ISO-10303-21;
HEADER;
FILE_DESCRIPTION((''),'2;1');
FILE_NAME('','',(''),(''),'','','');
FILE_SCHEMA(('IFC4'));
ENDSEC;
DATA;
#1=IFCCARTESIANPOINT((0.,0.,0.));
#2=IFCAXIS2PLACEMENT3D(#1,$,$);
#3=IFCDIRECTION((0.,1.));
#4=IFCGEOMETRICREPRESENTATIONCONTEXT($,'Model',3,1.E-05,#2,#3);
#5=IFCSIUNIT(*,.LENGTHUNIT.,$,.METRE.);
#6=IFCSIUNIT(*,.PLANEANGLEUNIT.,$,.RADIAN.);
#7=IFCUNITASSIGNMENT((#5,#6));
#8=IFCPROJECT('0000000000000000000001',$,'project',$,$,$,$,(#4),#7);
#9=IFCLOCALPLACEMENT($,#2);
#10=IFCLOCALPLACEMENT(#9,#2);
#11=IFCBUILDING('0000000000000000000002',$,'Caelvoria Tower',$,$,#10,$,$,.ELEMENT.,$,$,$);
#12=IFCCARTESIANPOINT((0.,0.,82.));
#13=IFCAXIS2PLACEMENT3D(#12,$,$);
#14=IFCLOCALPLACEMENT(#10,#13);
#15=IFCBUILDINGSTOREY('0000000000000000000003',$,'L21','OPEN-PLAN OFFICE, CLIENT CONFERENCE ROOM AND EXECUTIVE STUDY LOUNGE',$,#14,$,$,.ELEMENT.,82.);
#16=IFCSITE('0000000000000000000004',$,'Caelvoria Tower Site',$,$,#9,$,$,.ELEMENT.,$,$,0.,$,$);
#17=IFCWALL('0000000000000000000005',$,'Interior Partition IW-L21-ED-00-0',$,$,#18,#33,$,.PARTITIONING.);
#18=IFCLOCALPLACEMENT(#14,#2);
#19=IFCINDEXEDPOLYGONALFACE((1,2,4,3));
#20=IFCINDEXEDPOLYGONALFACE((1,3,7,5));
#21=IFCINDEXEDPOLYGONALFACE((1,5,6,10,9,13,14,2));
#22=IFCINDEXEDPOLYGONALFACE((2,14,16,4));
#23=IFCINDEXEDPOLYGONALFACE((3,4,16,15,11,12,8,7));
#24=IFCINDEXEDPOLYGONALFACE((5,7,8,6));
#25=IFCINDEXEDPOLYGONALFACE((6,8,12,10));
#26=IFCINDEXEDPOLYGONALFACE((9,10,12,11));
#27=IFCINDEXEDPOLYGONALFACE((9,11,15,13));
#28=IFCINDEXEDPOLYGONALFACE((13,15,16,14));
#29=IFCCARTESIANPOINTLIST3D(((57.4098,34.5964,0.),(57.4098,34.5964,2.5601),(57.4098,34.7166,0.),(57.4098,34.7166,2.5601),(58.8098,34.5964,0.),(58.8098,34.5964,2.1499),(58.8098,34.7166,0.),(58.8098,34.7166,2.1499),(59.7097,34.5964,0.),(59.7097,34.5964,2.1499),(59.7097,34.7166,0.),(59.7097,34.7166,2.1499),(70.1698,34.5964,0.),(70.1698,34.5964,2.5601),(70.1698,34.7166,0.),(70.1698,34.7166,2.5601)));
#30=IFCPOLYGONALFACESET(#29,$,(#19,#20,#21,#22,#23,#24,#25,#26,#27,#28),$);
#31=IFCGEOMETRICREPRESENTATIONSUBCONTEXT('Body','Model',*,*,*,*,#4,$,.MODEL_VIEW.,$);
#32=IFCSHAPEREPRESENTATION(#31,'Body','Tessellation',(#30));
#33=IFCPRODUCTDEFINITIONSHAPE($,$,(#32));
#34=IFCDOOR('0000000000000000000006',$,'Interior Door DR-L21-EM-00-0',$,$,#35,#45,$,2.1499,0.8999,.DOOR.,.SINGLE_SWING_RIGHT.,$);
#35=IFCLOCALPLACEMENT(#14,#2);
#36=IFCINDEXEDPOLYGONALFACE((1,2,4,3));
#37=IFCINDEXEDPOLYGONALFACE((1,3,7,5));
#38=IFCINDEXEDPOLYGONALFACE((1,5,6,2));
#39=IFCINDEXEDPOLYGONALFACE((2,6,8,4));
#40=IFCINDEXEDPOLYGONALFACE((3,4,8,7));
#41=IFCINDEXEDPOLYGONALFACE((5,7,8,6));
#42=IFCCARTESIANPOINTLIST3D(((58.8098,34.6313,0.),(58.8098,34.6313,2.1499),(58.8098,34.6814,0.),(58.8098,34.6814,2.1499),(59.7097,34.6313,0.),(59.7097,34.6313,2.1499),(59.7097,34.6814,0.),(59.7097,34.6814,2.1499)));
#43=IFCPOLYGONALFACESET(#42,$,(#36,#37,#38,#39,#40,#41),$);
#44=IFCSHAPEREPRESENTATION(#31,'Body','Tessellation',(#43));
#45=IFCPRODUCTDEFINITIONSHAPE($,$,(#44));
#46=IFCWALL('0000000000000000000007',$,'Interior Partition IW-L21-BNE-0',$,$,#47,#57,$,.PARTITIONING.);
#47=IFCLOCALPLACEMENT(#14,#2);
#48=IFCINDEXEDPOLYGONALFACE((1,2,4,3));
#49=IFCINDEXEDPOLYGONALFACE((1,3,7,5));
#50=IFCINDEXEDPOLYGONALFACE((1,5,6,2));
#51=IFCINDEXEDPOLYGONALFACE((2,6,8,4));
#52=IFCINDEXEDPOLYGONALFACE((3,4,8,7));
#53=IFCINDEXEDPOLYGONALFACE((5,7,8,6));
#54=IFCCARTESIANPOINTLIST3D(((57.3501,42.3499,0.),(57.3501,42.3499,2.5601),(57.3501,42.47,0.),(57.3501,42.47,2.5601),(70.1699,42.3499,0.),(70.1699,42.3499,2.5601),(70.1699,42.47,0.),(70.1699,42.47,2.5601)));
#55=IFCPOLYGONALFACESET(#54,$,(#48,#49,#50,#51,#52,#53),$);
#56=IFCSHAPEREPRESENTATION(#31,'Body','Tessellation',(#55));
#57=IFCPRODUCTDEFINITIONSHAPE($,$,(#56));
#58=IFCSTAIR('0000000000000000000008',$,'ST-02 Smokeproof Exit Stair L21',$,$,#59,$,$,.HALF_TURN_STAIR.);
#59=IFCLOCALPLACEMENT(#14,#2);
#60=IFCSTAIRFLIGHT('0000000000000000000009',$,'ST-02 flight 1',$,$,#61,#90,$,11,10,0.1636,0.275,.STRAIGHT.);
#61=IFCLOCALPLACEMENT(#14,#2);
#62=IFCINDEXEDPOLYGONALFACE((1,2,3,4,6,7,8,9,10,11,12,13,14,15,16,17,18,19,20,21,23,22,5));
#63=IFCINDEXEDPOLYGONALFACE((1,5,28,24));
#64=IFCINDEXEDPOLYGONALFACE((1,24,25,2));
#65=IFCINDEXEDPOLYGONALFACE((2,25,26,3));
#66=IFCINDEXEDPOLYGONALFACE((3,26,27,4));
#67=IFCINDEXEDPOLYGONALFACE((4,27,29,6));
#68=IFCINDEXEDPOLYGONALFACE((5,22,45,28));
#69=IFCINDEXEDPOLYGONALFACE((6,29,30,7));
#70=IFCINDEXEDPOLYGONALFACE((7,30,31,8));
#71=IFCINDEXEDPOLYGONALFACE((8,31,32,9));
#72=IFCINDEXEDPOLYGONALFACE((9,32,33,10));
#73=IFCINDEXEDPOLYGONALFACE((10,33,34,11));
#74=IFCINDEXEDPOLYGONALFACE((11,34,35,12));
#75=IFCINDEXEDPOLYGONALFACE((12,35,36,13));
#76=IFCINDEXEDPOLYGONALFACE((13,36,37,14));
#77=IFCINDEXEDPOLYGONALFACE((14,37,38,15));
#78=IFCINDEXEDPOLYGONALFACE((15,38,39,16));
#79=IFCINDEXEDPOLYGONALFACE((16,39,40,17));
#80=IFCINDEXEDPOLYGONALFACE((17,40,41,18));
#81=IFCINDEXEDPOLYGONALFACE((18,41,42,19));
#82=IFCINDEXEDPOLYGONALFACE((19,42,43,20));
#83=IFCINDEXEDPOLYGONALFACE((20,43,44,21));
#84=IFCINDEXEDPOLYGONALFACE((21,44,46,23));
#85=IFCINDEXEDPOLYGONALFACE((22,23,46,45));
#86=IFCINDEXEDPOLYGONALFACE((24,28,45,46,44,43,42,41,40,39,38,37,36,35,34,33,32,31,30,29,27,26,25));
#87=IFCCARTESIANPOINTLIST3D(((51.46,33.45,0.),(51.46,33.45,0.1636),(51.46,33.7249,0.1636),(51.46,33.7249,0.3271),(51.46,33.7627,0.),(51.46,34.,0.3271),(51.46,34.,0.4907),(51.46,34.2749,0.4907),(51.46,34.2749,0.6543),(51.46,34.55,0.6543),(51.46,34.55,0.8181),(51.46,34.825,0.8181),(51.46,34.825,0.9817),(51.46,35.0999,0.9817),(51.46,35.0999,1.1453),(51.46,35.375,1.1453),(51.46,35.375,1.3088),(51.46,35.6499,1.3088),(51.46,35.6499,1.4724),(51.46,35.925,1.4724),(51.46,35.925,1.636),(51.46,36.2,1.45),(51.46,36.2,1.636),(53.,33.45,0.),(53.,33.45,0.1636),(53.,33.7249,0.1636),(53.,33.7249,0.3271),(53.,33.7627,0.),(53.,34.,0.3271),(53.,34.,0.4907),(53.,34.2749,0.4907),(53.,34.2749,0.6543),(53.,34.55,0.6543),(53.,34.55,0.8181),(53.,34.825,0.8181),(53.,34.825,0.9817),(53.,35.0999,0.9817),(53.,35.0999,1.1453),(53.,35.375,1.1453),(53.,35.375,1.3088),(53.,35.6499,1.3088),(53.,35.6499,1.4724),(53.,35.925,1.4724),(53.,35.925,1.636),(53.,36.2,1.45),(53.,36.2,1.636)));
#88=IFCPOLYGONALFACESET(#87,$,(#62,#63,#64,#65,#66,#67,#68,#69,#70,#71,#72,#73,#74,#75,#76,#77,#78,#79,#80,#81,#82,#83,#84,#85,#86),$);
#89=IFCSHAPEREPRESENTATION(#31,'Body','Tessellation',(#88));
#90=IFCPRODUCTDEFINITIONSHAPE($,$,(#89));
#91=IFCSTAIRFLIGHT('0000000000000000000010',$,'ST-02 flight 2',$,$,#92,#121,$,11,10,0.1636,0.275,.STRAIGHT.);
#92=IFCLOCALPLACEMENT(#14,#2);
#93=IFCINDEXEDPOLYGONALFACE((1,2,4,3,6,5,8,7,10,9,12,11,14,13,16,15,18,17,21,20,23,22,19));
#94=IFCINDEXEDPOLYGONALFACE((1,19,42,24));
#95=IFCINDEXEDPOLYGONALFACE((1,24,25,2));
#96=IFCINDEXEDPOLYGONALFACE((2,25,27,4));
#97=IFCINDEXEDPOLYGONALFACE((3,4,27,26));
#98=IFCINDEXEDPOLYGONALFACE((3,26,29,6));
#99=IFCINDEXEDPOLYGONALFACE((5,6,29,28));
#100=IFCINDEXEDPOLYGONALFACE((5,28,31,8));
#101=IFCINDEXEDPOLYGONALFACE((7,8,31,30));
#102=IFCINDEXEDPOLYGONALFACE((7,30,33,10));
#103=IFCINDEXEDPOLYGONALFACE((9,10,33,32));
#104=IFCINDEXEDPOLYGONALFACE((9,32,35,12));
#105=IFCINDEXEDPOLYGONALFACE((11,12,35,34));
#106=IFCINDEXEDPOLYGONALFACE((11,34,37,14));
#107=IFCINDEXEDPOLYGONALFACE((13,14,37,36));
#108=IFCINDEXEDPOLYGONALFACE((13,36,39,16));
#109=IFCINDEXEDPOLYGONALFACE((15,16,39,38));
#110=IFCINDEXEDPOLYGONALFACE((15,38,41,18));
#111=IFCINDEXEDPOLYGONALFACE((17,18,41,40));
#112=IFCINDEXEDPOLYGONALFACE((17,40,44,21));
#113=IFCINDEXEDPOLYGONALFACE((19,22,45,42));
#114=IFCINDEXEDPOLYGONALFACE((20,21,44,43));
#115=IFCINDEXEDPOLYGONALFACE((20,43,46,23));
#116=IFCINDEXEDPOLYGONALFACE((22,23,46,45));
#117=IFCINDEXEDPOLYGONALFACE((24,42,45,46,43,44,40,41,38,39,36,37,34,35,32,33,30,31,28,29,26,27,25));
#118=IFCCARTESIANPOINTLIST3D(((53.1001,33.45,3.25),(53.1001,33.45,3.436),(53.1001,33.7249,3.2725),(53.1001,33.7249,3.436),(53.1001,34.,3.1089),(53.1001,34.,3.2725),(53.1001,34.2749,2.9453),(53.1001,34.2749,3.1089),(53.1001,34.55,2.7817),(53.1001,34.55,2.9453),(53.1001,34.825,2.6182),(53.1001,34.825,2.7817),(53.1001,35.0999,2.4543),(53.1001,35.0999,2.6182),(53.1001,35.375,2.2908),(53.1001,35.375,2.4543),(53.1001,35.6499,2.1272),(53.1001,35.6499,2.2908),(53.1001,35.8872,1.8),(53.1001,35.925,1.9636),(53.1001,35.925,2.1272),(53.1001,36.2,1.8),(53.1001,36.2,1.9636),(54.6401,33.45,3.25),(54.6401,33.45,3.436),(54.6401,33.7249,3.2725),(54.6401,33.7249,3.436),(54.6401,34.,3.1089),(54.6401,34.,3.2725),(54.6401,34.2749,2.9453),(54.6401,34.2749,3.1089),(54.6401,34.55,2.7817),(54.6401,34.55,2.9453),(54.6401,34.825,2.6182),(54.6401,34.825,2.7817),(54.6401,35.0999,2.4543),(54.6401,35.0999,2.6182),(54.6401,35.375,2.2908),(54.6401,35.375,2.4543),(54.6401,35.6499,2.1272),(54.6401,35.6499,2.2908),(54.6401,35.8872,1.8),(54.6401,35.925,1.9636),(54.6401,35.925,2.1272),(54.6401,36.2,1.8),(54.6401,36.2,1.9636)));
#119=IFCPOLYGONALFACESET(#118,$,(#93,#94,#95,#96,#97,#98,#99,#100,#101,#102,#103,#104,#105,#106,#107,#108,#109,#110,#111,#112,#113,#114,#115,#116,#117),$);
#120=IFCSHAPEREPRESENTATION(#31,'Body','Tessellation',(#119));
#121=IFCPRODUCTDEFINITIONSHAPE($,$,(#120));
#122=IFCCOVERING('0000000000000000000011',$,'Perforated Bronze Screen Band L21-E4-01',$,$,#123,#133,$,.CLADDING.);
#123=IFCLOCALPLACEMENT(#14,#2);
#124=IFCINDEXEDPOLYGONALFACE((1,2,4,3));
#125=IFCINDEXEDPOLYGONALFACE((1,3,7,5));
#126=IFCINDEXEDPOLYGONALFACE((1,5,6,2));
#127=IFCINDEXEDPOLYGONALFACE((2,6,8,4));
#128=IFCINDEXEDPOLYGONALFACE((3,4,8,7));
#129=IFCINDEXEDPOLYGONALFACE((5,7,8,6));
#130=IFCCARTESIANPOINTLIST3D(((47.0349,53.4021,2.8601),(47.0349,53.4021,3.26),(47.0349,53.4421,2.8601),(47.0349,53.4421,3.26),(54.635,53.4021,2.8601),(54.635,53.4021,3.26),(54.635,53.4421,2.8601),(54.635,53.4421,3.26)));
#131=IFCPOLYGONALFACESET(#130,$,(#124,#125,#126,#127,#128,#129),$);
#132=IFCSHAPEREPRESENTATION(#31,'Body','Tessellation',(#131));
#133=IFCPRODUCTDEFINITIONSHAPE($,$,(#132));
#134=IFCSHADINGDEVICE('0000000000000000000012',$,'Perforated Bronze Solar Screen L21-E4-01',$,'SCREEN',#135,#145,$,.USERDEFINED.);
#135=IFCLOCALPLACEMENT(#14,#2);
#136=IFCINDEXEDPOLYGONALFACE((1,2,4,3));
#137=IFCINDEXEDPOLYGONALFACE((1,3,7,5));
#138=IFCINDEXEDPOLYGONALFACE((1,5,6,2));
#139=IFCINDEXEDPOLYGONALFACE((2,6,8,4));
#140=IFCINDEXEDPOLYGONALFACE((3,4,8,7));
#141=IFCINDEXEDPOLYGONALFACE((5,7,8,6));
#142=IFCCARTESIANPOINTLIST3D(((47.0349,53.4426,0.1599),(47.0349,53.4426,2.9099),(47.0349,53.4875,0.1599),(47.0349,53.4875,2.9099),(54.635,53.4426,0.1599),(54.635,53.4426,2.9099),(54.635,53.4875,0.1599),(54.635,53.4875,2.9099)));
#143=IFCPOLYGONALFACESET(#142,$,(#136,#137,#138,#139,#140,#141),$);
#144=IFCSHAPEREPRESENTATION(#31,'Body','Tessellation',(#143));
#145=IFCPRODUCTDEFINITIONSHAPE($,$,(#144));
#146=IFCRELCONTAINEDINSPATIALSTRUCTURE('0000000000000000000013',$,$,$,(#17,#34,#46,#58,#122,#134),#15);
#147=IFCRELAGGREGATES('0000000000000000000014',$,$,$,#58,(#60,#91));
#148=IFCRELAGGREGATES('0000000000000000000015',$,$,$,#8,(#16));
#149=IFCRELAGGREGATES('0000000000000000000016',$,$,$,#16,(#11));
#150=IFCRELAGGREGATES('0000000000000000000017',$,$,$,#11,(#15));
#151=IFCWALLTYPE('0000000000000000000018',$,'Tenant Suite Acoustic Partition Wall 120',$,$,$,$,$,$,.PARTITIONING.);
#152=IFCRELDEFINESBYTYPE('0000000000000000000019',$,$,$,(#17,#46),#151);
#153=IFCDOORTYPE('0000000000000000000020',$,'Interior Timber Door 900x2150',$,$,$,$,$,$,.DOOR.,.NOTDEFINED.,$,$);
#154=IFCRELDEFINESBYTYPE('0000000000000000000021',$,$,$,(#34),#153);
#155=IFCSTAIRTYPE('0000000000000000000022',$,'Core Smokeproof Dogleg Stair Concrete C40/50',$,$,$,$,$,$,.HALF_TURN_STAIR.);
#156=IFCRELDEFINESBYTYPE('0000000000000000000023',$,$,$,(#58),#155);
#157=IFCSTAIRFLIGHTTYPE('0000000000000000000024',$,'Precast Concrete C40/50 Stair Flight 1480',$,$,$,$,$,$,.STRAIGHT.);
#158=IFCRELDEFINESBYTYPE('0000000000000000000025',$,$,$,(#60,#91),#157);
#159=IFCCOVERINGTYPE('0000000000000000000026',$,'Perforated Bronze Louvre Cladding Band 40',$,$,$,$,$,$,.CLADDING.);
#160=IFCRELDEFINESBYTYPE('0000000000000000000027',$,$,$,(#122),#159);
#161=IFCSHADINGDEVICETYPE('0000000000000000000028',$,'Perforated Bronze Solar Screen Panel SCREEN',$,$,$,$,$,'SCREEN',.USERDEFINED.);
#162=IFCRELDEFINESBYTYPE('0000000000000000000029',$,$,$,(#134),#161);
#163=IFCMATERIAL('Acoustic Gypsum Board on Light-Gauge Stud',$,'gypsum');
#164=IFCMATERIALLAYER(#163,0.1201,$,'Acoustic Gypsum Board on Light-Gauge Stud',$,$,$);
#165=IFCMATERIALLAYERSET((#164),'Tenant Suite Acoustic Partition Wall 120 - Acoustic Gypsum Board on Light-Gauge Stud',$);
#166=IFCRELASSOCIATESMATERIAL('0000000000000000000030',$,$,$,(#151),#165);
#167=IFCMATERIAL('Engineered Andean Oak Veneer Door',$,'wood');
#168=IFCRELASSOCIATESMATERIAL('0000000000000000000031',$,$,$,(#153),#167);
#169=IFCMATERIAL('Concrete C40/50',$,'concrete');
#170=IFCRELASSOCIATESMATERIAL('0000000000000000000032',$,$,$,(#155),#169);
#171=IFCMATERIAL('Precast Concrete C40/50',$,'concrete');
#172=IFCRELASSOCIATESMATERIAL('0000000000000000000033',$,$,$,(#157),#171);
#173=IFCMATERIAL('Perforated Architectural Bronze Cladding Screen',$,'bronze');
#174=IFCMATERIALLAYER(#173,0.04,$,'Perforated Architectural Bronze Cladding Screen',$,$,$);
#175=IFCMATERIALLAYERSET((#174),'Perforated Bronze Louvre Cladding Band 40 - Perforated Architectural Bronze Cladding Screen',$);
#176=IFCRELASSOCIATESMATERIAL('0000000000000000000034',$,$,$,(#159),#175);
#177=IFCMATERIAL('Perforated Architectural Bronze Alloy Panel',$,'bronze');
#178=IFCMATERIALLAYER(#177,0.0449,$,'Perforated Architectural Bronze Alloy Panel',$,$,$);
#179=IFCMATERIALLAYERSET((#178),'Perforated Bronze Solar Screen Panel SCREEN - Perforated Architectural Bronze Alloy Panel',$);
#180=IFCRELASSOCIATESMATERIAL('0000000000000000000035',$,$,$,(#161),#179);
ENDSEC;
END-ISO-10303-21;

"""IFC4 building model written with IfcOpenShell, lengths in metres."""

from ifc_helpers import new_model, si_unit, direction, frame, frame_2d, origin, origin_2d, place, context, subcontext, project, spatial, polyline, rectangle, outline, extrude, material, layer, layer_set, type_object, element, fill, aggregate, save


model = new_model("IFC4")

# Units and contexts
model_context = context("Model", 3, precision=1e-05, world=origin(), true_north=direction((0.0, 1.0)))
body_context = subcontext(model_context, "Body", "Model", "MODEL_VIEW")
ifc_project = project(units=[si_unit("LENGTHUNIT", "METRE"), si_unit("PLANEANGLEUNIT", "RADIAN")], contexts=[model_context])

# Site, building, storey
site_placement = place(None, origin())
site = spatial("IfcSite", under=ifc_project, at=site_placement, Name="Caelvoria Tower Site", CompositionType="ELEMENT", RefElevation=0.0)
building_placement = place(site_placement, origin())
building = spatial("IfcBuilding", under=site, at=building_placement, Name="Caelvoria Tower", CompositionType="ELEMENT")
storey_placement = place(building_placement, frame((0.0, 0.0, 82.0)))
storey = spatial("IfcBuildingStorey", under=building, at=storey_placement, Name="L21", Description="OPEN-PLAN OFFICE, CLIENT CONFERENCE ROOM AND EXECUTIVE STUDY LOUNGE", CompositionType="ELEMENT", Elevation=82.0)

# Wall, opening, door
ifc_material_1 = material(Name="Acoustic Gypsum Board on Light-Gauge Stud", Category="gypsum")
ifc_layer_1 = layer(ifc_material_1, 0.1201, Name="Acoustic Gypsum Board on Light-Gauge Stud")
ifc_layer_set_1 = layer_set([ifc_layer_1], Name="Tenant Suite Acoustic Partition Wall 120 - Acoustic Gypsum Board on Light-Gauge Stud")
wall_type_1 = type_object("IfcWallType", Name="Tenant Suite Acoustic Partition Wall 120", PredefinedType="PARTITIONING", material=ifc_layer_set_1)
ifc_material_2 = material(Name="Engineered Andean Oak Veneer Door", Category="wood")
door_type = type_object("IfcDoorType", Name="Interior Timber Door 900x2150", OperationType="NOTDEFINED", PredefinedType="DOOR", material=ifc_material_2)
wall_1_placement = place(storey_placement, frame((57.4099, 34.6565, 0.0), z_axis=(0.0, 0.0, 1.0), x_axis=(1.0, 0.0, 0.0)))
wall_1 = element("IfcWall", 1, at=wall_1_placement, inside=storey, type_object=wall_type_1, Name="Interior Partition IW-L21-ED-00-0", PredefinedType="PARTITIONING", context=body_context, shape_type="SweptSolid", body=[
    extrude(rectangle(XDim=12.76, YDim=0.1201, at=frame_2d((6.3799, 0.0))), origin(), (0.0, 0.0, 1.0), 2.5601),
])
opening_1_placement = place(wall_1_placement, frame((1.3999, 0.0, 0.0)))
opening_1 = element("IfcOpeningElement", 2, at=opening_1_placement, cuts=wall_1, PredefinedType="OPENING", context=body_context, shape_type="SweptSolid", body=[
    extrude(rectangle(XDim=0.8999, YDim=2.1499, at=frame_2d((0.45, 1.075))), frame((0.0, 0.0701, 0.0), z_axis=(0.0, -1.0, 0.0), x_axis=(1.0, 0.0, 0.0)), (0.0, 0.0, 1.0), 0.1401),
])
door_1_placement = place(opening_1_placement, origin())
door_1 = element("IfcDoor", 3, at=door_1_placement, inside=storey, type_object=door_type, Name="Interior Door DR-L21-EM-00-0", OperationType="SINGLE_SWING_RIGHT", OverallHeight=2.1499, OverallWidth=0.8999, PredefinedType="DOOR", context=body_context, shape_type="SweptSolid", body=[
    extrude(rectangle(XDim=0.8999, YDim=2.1499, at=frame_2d((0.45, 1.075))), frame((0.0, 0.0249, 0.0), z_axis=(0.0, -1.0, 0.0), x_axis=(1.0, 0.0, 0.0)), (0.0, 0.0, 1.0), 0.05),
])
fill(opening_1, door_1)

# Wall
wall_2_placement = place(storey_placement, frame((57.3501, 42.4099, 0.0), z_axis=(0.0, 0.0, 1.0), x_axis=(1.0, 0.0, 0.0)))
element("IfcWall", 4, at=wall_2_placement, inside=storey, type_object=wall_type_1, Name="Interior Partition IW-L21-BNE-0", PredefinedType="PARTITIONING", context=body_context, shape_type="SweptSolid", body=[
    extrude(rectangle(XDim=12.8198, YDim=0.1201, at=frame_2d((6.4099, 0.0))), origin(), (0.0, 0.0, 1.0), 2.5601),
])

# Stair, stair flights
ifc_material_3 = material(Name="Concrete C40/50", Category="concrete")
stair_type = type_object("IfcStairType", Name="Core Smokeproof Dogleg Stair Concrete C40/50", PredefinedType="HALF_TURN_STAIR", material=ifc_material_3)
stair_placement = place(storey_placement, origin())
stair = element("IfcStair", 5, at=stair_placement, inside=storey, type_object=stair_type, Name="ST-02 Smokeproof Exit Stair L21", PredefinedType="HALF_TURN_STAIR")
ifc_material_4 = material(Name="Precast Concrete C40/50", Category="concrete")
stair_flight_type = type_object("IfcStairFlightType", Name="Precast Concrete C40/50 Stair Flight 1480", PredefinedType="STRAIGHT", material=ifc_material_4)
stair_flight_1_placement = place(storey_placement, frame((52.23, 33.45, 0.0), z_axis=(0.0, 0.0, 1.0), x_axis=(0.0, 1.0, 0.0)))
stair_flight_1 = element("IfcStairFlight", 6, at=stair_flight_1_placement, type_object=stair_flight_type, Name="ST-02 flight 1", NumberOfRisers=11, NumberOfTreads=10, PredefinedType="STRAIGHT", RiserHeight=0.1636, TreadLength=0.275, context=body_context, shape_type="SweptSolid", body=[
    extrude(outline(polyline([(0.0, 0.0), (0.0, 0.1636), (0.2749, 0.1636), (0.2749, 0.3271), (0.55, 0.3271), (0.55, 0.4907), (0.825, 0.4907), (0.825, 0.6543), (1.1001, 0.6543), (1.1001, 0.8181), (1.375, 0.8181), (1.375, 0.9817), (1.6499, 0.9817), (1.6499, 1.1453), (1.925, 1.1453), (1.925, 1.3088), (2.2, 1.3088), (2.2, 1.4724), (2.4751, 1.4724), (2.4751, 1.636), (2.75, 1.636), (2.75, 1.7996), (2.75, 1.45), (0.3127, 0.0), (0.0, 0.0)])), frame((0.0, 0.77, 0.0), z_axis=(0.0, -1.0, 0.0), x_axis=(1.0, 0.0, 0.0)), (0.0, 0.0, 1.0), 1.54),
])
stair_flight_2_placement = place(storey_placement, frame((53.8701, 36.2, 1.8), z_axis=(0.0, 0.0, 1.0), x_axis=(0.0, -1.0, 0.0)))
stair_flight_2 = element("IfcStairFlight", 7, at=stair_flight_2_placement, type_object=stair_flight_type, Name="ST-02 flight 2", NumberOfRisers=11, NumberOfTreads=10, PredefinedType="STRAIGHT", RiserHeight=0.1636, TreadLength=0.275, context=body_context, shape_type="SweptSolid", body=[
    extrude(outline(polyline([(0.0, 0.0), (0.0, 0.1636), (0.2749, 0.1636), (0.2749, 0.3271), (0.55, 0.3271), (0.55, 0.4907), (0.825, 0.4907), (0.825, 0.6543), (1.1001, 0.6543), (1.1001, 0.8181), (1.375, 0.8181), (1.375, 0.9817), (1.6499, 0.9817), (1.6499, 1.1453), (1.925, 1.1453), (1.925, 1.3088), (2.2, 1.3088), (2.2, 1.4724), (2.4751, 1.4724), (2.4751, 1.636), (2.75, 1.636), (2.75, 1.7996), (2.75, 1.45), (0.3127, 0.0), (0.0, 0.0)])), frame((0.0, 0.77, 0.0), z_axis=(0.0, -1.0, 0.0), x_axis=(1.0, 0.0, 0.0)), (0.0, 0.0, 1.0), 1.54),
])
aggregate(stair, [stair_flight_1, stair_flight_2])

# Covering
ifc_material_5 = material(Name="Perforated Architectural Bronze Cladding Screen", Category="bronze")
ifc_layer_2 = layer(ifc_material_5, 0.04, Name="Perforated Architectural Bronze Cladding Screen")
ifc_layer_set_2 = layer_set([ifc_layer_2], Name="Perforated Bronze Louvre Cladding Band 40 - Perforated Architectural Bronze Cladding Screen")
covering_type = type_object("IfcCoveringType", Name="Perforated Bronze Louvre Cladding Band 40", PredefinedType="CLADDING", material=ifc_layer_set_2)
covering_placement = place(storey_placement, frame((50.835, 53.4221, 2.8601), z_axis=(0.0, 0.0, 1.0), x_axis=(-1.0, 0.0, 0.0)))
element("IfcCovering", 8, at=covering_placement, inside=storey, type_object=covering_type, Name="Perforated Bronze Screen Band L21-E4-01", PredefinedType="CLADDING", context=body_context, shape_type="SweptSolid", body=[
    extrude(rectangle(XDim=7.6001, YDim=0.04, at=origin_2d()), origin(), (0.0, 0.0, 1.0), 0.3999),
])

# Shading device
ifc_material_6 = material(Name="Perforated Architectural Bronze Alloy Panel", Category="bronze")
ifc_layer_3 = layer(ifc_material_6, 0.0449, Name="Perforated Architectural Bronze Alloy Panel")
ifc_layer_set_3 = layer_set([ifc_layer_3], Name="Perforated Bronze Solar Screen Panel SCREEN - Perforated Architectural Bronze Alloy Panel")
shading_device_type = type_object("IfcShadingDeviceType", Name="Perforated Bronze Solar Screen Panel SCREEN", ElementType="SCREEN", PredefinedType="USERDEFINED", material=ifc_layer_set_3)
shading_device_placement = place(storey_placement, frame((50.835, 53.4651, 0.1599), z_axis=(0.0, 0.0, 1.0), x_axis=(-1.0, 0.0, 0.0)))
element("IfcShadingDevice", 9, at=shading_device_placement, inside=storey, type_object=shading_device_type, Name="Perforated Bronze Solar Screen L21-E4-01", ObjectType="SCREEN", PredefinedType="USERDEFINED", context=body_context, shape_type="SweptSolid", body=[
    extrude(rectangle(XDim=7.6001, YDim=0.0449, at=origin_2d()), origin(), (0.0, 0.0, 1.0), 2.75),
])

save(model, "model.ifc")
